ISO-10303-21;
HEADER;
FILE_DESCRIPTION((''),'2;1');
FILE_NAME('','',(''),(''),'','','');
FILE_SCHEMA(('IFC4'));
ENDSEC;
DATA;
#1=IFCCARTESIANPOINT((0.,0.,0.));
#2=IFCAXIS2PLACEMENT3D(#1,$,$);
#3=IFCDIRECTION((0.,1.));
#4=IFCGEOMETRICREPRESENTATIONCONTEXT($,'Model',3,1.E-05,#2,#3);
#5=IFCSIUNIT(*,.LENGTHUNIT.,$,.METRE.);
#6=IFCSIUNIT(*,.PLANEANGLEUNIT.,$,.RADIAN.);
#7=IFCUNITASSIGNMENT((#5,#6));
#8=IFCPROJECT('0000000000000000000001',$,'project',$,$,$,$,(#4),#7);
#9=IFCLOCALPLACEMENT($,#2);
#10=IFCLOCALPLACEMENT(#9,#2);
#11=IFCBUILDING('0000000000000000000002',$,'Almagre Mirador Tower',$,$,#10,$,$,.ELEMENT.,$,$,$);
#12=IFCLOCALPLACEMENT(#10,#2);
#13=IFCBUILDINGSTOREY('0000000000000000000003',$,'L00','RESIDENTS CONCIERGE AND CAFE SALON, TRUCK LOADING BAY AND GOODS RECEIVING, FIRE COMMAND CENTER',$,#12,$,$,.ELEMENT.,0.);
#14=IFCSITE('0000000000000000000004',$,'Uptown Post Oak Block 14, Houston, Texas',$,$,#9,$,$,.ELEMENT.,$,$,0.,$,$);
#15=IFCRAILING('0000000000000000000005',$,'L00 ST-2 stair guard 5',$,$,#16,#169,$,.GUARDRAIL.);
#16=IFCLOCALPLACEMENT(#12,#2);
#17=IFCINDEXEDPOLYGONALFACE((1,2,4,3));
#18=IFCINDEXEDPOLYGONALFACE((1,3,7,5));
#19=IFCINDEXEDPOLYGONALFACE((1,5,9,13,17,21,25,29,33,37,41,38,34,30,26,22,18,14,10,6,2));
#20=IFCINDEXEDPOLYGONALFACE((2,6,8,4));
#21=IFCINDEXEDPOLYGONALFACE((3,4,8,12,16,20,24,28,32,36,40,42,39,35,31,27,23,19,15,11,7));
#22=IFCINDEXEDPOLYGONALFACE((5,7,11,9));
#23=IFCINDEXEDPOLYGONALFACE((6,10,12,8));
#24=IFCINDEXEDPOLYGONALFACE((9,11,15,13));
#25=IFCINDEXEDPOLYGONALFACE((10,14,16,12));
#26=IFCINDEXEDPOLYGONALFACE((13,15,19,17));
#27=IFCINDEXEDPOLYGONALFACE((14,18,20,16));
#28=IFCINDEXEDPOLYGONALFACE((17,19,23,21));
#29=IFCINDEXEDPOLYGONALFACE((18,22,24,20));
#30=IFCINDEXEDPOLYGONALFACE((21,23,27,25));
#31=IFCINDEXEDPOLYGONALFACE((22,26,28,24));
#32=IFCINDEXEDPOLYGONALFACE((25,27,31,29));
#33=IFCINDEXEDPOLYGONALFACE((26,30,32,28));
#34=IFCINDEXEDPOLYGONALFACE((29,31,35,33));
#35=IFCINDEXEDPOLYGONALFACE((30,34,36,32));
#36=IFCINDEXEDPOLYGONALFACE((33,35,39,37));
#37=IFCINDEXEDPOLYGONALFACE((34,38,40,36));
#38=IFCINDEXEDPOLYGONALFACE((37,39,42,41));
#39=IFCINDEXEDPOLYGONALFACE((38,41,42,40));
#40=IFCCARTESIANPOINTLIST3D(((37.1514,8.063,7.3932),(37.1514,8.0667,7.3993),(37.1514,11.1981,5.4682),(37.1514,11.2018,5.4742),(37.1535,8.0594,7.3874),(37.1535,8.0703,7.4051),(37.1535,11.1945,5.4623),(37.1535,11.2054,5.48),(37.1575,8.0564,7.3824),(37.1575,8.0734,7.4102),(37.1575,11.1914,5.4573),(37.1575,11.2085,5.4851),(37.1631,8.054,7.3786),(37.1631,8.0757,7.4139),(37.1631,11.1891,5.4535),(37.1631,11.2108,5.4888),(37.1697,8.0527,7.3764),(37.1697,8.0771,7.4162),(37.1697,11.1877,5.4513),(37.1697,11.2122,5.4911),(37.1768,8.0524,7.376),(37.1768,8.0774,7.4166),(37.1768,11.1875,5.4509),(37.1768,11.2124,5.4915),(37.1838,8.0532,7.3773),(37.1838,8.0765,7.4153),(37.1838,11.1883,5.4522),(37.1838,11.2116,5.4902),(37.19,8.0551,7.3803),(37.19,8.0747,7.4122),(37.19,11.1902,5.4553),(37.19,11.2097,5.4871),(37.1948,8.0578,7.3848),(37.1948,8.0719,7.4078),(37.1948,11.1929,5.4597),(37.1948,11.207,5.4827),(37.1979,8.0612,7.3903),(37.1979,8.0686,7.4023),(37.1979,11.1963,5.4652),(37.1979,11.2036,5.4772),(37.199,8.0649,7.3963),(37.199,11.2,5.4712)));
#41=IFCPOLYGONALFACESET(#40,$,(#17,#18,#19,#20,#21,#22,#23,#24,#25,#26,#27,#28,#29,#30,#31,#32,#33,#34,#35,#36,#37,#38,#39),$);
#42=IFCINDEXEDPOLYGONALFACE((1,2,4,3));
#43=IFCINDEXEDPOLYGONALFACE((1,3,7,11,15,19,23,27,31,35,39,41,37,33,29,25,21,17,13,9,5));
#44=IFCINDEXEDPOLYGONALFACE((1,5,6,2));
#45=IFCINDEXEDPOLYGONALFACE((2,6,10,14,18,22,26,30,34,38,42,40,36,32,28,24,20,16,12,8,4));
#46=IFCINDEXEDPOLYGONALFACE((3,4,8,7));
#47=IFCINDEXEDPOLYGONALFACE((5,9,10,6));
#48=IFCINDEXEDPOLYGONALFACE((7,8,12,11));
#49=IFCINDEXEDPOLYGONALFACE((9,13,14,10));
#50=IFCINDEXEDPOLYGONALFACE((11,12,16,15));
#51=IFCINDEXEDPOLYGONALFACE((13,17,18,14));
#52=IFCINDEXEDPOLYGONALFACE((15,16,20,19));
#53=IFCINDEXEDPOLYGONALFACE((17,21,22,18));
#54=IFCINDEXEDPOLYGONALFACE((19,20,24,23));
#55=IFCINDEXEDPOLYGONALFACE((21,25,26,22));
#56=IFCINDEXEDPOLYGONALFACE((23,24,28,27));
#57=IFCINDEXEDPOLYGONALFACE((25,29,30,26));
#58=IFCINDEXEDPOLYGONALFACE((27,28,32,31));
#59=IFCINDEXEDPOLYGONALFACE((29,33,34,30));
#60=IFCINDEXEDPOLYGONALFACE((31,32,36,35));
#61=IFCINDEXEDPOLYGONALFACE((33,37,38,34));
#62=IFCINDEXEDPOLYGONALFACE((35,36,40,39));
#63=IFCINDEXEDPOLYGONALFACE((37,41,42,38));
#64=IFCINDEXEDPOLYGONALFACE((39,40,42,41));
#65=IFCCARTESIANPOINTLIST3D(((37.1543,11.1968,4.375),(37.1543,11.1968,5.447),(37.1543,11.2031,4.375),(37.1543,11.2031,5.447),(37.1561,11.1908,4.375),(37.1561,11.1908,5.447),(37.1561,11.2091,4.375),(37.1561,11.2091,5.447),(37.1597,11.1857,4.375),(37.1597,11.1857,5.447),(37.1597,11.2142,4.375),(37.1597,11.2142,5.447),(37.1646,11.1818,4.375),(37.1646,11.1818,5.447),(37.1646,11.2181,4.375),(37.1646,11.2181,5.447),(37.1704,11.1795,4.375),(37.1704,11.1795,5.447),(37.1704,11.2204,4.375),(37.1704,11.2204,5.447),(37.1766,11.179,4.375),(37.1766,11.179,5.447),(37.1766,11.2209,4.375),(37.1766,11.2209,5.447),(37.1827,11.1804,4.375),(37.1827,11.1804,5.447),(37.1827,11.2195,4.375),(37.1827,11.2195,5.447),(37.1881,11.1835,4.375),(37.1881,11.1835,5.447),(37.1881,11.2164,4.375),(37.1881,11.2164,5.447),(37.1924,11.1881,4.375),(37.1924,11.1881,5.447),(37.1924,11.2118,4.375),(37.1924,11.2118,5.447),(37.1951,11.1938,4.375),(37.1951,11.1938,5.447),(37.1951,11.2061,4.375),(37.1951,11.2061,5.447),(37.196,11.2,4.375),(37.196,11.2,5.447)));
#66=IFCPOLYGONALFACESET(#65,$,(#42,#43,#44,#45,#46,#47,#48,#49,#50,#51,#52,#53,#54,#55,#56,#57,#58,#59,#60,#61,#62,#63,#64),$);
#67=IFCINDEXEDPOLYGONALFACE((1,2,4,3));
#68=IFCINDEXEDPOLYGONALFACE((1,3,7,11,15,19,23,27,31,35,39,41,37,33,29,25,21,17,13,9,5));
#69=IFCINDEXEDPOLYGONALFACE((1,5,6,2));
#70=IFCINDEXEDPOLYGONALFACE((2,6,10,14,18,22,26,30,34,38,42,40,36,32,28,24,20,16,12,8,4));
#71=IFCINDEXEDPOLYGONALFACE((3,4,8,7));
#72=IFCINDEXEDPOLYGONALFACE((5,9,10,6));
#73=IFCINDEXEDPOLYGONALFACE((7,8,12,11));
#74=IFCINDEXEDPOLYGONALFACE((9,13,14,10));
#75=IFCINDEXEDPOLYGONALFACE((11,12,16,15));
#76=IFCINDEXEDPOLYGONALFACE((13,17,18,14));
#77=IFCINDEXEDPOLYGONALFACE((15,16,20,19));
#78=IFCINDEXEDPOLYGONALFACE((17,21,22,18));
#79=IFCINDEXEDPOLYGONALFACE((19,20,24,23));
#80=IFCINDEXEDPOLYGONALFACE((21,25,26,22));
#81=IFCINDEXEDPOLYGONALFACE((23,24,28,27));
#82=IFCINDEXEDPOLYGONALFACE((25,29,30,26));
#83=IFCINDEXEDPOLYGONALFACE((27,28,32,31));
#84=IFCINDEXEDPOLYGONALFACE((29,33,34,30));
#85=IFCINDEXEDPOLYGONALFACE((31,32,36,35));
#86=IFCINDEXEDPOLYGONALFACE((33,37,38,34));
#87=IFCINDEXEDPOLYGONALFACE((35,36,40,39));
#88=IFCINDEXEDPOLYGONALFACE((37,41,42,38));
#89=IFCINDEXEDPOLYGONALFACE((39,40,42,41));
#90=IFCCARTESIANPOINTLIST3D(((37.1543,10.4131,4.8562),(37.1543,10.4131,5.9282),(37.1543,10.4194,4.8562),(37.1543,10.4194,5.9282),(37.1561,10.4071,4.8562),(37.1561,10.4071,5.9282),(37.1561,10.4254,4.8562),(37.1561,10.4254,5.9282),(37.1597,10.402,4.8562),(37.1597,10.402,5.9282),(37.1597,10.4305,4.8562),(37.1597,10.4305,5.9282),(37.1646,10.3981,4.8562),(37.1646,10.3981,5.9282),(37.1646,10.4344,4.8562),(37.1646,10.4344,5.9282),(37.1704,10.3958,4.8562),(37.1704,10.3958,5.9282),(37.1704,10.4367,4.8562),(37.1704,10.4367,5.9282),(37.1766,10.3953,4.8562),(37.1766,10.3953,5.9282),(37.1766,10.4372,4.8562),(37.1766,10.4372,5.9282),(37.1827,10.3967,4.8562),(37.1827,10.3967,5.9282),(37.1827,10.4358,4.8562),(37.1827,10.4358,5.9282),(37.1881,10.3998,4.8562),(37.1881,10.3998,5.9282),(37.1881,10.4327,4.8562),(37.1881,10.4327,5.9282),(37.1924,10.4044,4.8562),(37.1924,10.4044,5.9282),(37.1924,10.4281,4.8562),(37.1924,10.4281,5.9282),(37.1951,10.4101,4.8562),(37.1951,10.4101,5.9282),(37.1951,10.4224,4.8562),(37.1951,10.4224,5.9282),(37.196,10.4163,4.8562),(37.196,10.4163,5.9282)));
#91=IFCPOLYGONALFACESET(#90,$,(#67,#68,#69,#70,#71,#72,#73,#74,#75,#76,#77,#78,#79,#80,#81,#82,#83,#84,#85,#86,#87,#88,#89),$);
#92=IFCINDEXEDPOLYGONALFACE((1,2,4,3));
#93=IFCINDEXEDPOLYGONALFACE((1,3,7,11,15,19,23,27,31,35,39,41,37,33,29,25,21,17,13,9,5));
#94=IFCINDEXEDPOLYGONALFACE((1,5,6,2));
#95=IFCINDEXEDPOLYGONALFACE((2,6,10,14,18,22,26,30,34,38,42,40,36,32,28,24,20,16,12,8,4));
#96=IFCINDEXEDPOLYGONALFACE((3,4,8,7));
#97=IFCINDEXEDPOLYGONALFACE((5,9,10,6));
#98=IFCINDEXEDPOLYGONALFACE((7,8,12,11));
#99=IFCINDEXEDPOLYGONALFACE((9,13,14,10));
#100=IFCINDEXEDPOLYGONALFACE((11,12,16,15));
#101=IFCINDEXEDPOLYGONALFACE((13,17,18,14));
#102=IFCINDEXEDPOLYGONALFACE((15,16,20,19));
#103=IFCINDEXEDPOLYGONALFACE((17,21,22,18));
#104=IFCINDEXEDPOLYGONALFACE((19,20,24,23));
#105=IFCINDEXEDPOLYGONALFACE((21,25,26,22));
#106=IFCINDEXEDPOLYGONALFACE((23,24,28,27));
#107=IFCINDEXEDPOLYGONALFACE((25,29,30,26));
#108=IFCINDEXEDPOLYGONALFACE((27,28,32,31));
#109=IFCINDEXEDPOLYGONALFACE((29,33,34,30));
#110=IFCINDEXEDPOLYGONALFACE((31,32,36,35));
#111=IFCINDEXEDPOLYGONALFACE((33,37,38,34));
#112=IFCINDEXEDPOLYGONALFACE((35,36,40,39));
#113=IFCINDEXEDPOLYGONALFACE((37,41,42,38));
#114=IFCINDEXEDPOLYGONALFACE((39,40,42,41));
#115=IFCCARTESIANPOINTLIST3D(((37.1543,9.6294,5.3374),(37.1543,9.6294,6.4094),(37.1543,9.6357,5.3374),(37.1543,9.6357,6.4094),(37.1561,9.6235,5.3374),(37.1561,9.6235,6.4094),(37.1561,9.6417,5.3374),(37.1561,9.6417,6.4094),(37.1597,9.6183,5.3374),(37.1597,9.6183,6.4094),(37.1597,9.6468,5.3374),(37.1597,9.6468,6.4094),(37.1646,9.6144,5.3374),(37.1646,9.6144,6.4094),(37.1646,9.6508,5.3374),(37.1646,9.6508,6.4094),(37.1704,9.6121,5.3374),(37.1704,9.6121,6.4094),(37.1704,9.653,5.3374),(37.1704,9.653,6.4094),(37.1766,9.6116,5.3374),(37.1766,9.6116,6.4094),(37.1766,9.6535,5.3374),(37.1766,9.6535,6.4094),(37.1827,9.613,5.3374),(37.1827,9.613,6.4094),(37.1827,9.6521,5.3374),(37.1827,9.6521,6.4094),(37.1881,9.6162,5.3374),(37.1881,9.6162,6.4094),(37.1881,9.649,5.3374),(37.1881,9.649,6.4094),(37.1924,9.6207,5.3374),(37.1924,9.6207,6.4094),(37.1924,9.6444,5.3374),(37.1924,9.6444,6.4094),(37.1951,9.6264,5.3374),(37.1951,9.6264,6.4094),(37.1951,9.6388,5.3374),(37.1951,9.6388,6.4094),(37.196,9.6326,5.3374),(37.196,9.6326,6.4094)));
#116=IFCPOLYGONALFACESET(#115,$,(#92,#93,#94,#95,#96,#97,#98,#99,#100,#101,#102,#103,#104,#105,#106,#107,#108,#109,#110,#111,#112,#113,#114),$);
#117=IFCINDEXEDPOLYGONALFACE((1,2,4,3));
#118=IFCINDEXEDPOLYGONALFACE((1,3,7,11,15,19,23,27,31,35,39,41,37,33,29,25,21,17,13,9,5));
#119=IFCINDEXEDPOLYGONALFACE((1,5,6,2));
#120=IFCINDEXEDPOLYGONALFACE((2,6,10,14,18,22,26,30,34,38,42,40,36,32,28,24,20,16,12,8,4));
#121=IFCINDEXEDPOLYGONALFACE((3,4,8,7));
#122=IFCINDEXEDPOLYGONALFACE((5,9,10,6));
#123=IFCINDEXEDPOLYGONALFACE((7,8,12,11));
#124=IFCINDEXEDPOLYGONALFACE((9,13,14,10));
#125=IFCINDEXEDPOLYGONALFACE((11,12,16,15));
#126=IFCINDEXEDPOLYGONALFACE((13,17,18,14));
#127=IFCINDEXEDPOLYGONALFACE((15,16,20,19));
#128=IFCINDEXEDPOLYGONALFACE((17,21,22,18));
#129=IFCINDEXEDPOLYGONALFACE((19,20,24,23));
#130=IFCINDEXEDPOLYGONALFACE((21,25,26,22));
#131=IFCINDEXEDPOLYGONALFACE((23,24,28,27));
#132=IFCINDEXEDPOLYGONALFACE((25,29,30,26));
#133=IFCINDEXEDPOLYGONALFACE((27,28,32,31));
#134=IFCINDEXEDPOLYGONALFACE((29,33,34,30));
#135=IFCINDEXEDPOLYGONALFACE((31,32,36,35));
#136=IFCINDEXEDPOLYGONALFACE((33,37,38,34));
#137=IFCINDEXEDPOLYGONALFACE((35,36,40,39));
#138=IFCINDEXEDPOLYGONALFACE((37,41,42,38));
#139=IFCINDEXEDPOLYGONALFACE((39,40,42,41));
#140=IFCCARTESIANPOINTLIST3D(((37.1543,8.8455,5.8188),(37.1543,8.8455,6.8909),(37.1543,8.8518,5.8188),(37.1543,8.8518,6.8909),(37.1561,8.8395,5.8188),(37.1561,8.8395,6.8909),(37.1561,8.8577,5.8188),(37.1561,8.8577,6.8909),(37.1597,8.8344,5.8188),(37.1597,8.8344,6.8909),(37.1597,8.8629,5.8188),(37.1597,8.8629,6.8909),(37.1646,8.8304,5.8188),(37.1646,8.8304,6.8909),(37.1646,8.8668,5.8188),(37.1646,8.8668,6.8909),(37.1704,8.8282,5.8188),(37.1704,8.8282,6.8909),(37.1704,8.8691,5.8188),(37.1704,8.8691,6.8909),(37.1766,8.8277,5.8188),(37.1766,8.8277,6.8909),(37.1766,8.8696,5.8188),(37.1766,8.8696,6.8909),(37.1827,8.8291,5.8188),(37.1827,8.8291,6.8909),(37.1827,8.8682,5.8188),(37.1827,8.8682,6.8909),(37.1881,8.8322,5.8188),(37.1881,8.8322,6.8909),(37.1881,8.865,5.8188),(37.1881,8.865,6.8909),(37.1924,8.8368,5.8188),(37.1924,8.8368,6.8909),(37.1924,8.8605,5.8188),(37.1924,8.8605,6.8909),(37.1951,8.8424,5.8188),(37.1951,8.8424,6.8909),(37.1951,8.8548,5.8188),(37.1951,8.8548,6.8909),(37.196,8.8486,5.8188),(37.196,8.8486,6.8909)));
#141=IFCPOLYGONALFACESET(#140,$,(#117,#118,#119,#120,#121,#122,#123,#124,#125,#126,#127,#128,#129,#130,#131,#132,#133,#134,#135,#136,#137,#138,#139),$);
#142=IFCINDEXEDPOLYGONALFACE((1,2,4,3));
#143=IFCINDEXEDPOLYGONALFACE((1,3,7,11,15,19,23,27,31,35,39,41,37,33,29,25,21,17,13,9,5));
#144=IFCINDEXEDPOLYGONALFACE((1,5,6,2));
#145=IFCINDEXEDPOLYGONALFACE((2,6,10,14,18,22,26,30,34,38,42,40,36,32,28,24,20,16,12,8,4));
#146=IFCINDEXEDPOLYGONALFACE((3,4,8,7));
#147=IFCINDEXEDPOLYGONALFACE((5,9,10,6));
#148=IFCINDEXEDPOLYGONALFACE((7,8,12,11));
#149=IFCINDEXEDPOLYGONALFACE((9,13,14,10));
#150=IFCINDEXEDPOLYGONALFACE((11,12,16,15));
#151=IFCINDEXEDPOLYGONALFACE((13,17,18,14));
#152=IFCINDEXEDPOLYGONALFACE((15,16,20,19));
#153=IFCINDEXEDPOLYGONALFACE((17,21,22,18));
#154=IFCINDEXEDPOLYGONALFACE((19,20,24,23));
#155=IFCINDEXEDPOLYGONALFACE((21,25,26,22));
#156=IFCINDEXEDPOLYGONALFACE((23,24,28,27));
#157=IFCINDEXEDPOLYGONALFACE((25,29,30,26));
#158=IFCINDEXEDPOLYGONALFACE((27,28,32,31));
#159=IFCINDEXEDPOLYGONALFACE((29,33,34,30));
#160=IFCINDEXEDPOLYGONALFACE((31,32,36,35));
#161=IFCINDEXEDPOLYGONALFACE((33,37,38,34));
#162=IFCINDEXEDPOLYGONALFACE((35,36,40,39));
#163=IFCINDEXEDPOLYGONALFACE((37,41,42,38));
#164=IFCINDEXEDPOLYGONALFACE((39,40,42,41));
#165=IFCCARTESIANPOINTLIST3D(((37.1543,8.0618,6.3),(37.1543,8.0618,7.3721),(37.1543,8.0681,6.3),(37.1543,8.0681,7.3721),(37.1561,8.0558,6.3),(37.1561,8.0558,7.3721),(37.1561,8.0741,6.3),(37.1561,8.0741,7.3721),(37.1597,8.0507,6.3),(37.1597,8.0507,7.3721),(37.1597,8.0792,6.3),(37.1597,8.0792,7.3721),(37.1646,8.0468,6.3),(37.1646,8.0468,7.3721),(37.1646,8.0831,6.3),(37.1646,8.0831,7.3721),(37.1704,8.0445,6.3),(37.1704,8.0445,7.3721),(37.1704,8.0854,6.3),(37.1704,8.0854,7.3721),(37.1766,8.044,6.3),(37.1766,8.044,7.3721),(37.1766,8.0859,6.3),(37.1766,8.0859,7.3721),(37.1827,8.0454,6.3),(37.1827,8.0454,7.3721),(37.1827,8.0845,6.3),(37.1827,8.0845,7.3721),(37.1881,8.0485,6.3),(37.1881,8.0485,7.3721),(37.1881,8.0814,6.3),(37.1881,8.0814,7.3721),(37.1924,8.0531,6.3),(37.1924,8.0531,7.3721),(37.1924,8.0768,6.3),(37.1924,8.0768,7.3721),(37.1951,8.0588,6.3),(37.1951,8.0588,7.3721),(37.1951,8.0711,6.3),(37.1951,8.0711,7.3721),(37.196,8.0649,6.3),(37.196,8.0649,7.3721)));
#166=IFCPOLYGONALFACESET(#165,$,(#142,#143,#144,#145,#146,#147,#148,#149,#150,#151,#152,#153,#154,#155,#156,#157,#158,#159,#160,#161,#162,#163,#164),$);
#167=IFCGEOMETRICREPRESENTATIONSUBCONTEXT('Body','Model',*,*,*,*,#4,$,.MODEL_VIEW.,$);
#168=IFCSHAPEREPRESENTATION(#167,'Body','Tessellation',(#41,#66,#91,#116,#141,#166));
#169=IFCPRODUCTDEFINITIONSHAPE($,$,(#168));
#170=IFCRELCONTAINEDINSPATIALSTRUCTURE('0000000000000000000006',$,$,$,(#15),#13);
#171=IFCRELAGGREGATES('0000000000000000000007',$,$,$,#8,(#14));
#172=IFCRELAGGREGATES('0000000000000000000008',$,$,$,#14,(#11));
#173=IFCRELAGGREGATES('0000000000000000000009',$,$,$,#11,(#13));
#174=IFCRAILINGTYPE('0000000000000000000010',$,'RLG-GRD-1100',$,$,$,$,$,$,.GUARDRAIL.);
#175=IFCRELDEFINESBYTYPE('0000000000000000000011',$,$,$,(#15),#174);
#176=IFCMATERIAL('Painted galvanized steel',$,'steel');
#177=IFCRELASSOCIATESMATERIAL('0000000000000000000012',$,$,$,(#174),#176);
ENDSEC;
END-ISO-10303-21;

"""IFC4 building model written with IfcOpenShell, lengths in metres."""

from ifc_helpers import new_model, si_unit, direction, frame, origin, origin_2d, place, context, subcontext, project, spatial, circle, extrude, material, type_object, element, save


model = new_model("IFC4")

# Units and contexts
model_context = context("Model", 3, precision=1e-05, world=origin(), true_north=direction((0.0, 1.0)))
body_context = subcontext(model_context, "Body", "Model", "MODEL_VIEW")
ifc_project = project(units=[si_unit("LENGTHUNIT", "METRE"), si_unit("PLANEANGLEUNIT", "RADIAN")], contexts=[model_context])

# Site, building, storey
site_placement = place(None, origin())
site = spatial("IfcSite", under=ifc_project, at=site_placement, Name="Uptown Post Oak Block 14, Houston, Texas", CompositionType="ELEMENT", RefElevation=0.0)
building_placement = place(site_placement, origin())
building = spatial("IfcBuilding", under=site, at=building_placement, Name="Almagre Mirador Tower", CompositionType="ELEMENT")
storey_placement = place(building_placement, origin())
storey = spatial("IfcBuildingStorey", under=building, at=storey_placement, Name="L00", Description="RESIDENTS CONCIERGE AND CAFE SALON, TRUCK LOADING BAY AND GOODS RECEIVING, FIRE COMMAND CENTER", CompositionType="ELEMENT", Elevation=0.0)

# Railing
ifc_material_1 = material(Name="Painted galvanized steel", Category="steel")
railing_type_1 = type_object("IfcRailingType", Name="RLG-GRD-1100", PredefinedType="GUARDRAIL", material=ifc_material_1)
railing_1_placement = place(storey_placement, frame((37.175, 11.2, 4.375)))
element("IfcRailing", 1, at=railing_1_placement, inside=storey, type_object=railing_type_1, Name="L00 ST-2 stair guard 5", PredefinedType="GUARDRAIL", context=body_context, shape_type="SweptSolid", body=[
    extrude(circle(Radius=0.0239, at=origin_2d()), frame((0.0, 0.0, 1.0962), z_axis=(0.0, -0.852166, 0.523271), x_axis=(1.0, 0.0, 0.0)), (0.0, 0.0, 1.0), 3.679),
    extrude(circle(Radius=0.021, at=origin_2d()), origin(), (0.0, 0.0, 1.0), 1.072),
    extrude(circle(Radius=0.021, at=origin_2d()), frame((0.0, -0.7837, 0.4812)), (0.0, 0.0, 1.0), 1.072),
    extrude(circle(Radius=0.021, at=origin_2d()), frame((0.0, -1.5674, 0.9624)), (0.0, 0.0, 1.0), 1.072),
    extrude(circle(Radius=0.021, at=origin_2d()), frame((0.0, -2.3513, 1.4438)), (0.0, 0.0, 1.0), 1.072),
    extrude(circle(Radius=0.021, at=origin_2d()), frame((0.0, -3.135, 1.925)), (0.0, 0.0, 1.0), 1.072),
])

save(model, "model.ifc")
